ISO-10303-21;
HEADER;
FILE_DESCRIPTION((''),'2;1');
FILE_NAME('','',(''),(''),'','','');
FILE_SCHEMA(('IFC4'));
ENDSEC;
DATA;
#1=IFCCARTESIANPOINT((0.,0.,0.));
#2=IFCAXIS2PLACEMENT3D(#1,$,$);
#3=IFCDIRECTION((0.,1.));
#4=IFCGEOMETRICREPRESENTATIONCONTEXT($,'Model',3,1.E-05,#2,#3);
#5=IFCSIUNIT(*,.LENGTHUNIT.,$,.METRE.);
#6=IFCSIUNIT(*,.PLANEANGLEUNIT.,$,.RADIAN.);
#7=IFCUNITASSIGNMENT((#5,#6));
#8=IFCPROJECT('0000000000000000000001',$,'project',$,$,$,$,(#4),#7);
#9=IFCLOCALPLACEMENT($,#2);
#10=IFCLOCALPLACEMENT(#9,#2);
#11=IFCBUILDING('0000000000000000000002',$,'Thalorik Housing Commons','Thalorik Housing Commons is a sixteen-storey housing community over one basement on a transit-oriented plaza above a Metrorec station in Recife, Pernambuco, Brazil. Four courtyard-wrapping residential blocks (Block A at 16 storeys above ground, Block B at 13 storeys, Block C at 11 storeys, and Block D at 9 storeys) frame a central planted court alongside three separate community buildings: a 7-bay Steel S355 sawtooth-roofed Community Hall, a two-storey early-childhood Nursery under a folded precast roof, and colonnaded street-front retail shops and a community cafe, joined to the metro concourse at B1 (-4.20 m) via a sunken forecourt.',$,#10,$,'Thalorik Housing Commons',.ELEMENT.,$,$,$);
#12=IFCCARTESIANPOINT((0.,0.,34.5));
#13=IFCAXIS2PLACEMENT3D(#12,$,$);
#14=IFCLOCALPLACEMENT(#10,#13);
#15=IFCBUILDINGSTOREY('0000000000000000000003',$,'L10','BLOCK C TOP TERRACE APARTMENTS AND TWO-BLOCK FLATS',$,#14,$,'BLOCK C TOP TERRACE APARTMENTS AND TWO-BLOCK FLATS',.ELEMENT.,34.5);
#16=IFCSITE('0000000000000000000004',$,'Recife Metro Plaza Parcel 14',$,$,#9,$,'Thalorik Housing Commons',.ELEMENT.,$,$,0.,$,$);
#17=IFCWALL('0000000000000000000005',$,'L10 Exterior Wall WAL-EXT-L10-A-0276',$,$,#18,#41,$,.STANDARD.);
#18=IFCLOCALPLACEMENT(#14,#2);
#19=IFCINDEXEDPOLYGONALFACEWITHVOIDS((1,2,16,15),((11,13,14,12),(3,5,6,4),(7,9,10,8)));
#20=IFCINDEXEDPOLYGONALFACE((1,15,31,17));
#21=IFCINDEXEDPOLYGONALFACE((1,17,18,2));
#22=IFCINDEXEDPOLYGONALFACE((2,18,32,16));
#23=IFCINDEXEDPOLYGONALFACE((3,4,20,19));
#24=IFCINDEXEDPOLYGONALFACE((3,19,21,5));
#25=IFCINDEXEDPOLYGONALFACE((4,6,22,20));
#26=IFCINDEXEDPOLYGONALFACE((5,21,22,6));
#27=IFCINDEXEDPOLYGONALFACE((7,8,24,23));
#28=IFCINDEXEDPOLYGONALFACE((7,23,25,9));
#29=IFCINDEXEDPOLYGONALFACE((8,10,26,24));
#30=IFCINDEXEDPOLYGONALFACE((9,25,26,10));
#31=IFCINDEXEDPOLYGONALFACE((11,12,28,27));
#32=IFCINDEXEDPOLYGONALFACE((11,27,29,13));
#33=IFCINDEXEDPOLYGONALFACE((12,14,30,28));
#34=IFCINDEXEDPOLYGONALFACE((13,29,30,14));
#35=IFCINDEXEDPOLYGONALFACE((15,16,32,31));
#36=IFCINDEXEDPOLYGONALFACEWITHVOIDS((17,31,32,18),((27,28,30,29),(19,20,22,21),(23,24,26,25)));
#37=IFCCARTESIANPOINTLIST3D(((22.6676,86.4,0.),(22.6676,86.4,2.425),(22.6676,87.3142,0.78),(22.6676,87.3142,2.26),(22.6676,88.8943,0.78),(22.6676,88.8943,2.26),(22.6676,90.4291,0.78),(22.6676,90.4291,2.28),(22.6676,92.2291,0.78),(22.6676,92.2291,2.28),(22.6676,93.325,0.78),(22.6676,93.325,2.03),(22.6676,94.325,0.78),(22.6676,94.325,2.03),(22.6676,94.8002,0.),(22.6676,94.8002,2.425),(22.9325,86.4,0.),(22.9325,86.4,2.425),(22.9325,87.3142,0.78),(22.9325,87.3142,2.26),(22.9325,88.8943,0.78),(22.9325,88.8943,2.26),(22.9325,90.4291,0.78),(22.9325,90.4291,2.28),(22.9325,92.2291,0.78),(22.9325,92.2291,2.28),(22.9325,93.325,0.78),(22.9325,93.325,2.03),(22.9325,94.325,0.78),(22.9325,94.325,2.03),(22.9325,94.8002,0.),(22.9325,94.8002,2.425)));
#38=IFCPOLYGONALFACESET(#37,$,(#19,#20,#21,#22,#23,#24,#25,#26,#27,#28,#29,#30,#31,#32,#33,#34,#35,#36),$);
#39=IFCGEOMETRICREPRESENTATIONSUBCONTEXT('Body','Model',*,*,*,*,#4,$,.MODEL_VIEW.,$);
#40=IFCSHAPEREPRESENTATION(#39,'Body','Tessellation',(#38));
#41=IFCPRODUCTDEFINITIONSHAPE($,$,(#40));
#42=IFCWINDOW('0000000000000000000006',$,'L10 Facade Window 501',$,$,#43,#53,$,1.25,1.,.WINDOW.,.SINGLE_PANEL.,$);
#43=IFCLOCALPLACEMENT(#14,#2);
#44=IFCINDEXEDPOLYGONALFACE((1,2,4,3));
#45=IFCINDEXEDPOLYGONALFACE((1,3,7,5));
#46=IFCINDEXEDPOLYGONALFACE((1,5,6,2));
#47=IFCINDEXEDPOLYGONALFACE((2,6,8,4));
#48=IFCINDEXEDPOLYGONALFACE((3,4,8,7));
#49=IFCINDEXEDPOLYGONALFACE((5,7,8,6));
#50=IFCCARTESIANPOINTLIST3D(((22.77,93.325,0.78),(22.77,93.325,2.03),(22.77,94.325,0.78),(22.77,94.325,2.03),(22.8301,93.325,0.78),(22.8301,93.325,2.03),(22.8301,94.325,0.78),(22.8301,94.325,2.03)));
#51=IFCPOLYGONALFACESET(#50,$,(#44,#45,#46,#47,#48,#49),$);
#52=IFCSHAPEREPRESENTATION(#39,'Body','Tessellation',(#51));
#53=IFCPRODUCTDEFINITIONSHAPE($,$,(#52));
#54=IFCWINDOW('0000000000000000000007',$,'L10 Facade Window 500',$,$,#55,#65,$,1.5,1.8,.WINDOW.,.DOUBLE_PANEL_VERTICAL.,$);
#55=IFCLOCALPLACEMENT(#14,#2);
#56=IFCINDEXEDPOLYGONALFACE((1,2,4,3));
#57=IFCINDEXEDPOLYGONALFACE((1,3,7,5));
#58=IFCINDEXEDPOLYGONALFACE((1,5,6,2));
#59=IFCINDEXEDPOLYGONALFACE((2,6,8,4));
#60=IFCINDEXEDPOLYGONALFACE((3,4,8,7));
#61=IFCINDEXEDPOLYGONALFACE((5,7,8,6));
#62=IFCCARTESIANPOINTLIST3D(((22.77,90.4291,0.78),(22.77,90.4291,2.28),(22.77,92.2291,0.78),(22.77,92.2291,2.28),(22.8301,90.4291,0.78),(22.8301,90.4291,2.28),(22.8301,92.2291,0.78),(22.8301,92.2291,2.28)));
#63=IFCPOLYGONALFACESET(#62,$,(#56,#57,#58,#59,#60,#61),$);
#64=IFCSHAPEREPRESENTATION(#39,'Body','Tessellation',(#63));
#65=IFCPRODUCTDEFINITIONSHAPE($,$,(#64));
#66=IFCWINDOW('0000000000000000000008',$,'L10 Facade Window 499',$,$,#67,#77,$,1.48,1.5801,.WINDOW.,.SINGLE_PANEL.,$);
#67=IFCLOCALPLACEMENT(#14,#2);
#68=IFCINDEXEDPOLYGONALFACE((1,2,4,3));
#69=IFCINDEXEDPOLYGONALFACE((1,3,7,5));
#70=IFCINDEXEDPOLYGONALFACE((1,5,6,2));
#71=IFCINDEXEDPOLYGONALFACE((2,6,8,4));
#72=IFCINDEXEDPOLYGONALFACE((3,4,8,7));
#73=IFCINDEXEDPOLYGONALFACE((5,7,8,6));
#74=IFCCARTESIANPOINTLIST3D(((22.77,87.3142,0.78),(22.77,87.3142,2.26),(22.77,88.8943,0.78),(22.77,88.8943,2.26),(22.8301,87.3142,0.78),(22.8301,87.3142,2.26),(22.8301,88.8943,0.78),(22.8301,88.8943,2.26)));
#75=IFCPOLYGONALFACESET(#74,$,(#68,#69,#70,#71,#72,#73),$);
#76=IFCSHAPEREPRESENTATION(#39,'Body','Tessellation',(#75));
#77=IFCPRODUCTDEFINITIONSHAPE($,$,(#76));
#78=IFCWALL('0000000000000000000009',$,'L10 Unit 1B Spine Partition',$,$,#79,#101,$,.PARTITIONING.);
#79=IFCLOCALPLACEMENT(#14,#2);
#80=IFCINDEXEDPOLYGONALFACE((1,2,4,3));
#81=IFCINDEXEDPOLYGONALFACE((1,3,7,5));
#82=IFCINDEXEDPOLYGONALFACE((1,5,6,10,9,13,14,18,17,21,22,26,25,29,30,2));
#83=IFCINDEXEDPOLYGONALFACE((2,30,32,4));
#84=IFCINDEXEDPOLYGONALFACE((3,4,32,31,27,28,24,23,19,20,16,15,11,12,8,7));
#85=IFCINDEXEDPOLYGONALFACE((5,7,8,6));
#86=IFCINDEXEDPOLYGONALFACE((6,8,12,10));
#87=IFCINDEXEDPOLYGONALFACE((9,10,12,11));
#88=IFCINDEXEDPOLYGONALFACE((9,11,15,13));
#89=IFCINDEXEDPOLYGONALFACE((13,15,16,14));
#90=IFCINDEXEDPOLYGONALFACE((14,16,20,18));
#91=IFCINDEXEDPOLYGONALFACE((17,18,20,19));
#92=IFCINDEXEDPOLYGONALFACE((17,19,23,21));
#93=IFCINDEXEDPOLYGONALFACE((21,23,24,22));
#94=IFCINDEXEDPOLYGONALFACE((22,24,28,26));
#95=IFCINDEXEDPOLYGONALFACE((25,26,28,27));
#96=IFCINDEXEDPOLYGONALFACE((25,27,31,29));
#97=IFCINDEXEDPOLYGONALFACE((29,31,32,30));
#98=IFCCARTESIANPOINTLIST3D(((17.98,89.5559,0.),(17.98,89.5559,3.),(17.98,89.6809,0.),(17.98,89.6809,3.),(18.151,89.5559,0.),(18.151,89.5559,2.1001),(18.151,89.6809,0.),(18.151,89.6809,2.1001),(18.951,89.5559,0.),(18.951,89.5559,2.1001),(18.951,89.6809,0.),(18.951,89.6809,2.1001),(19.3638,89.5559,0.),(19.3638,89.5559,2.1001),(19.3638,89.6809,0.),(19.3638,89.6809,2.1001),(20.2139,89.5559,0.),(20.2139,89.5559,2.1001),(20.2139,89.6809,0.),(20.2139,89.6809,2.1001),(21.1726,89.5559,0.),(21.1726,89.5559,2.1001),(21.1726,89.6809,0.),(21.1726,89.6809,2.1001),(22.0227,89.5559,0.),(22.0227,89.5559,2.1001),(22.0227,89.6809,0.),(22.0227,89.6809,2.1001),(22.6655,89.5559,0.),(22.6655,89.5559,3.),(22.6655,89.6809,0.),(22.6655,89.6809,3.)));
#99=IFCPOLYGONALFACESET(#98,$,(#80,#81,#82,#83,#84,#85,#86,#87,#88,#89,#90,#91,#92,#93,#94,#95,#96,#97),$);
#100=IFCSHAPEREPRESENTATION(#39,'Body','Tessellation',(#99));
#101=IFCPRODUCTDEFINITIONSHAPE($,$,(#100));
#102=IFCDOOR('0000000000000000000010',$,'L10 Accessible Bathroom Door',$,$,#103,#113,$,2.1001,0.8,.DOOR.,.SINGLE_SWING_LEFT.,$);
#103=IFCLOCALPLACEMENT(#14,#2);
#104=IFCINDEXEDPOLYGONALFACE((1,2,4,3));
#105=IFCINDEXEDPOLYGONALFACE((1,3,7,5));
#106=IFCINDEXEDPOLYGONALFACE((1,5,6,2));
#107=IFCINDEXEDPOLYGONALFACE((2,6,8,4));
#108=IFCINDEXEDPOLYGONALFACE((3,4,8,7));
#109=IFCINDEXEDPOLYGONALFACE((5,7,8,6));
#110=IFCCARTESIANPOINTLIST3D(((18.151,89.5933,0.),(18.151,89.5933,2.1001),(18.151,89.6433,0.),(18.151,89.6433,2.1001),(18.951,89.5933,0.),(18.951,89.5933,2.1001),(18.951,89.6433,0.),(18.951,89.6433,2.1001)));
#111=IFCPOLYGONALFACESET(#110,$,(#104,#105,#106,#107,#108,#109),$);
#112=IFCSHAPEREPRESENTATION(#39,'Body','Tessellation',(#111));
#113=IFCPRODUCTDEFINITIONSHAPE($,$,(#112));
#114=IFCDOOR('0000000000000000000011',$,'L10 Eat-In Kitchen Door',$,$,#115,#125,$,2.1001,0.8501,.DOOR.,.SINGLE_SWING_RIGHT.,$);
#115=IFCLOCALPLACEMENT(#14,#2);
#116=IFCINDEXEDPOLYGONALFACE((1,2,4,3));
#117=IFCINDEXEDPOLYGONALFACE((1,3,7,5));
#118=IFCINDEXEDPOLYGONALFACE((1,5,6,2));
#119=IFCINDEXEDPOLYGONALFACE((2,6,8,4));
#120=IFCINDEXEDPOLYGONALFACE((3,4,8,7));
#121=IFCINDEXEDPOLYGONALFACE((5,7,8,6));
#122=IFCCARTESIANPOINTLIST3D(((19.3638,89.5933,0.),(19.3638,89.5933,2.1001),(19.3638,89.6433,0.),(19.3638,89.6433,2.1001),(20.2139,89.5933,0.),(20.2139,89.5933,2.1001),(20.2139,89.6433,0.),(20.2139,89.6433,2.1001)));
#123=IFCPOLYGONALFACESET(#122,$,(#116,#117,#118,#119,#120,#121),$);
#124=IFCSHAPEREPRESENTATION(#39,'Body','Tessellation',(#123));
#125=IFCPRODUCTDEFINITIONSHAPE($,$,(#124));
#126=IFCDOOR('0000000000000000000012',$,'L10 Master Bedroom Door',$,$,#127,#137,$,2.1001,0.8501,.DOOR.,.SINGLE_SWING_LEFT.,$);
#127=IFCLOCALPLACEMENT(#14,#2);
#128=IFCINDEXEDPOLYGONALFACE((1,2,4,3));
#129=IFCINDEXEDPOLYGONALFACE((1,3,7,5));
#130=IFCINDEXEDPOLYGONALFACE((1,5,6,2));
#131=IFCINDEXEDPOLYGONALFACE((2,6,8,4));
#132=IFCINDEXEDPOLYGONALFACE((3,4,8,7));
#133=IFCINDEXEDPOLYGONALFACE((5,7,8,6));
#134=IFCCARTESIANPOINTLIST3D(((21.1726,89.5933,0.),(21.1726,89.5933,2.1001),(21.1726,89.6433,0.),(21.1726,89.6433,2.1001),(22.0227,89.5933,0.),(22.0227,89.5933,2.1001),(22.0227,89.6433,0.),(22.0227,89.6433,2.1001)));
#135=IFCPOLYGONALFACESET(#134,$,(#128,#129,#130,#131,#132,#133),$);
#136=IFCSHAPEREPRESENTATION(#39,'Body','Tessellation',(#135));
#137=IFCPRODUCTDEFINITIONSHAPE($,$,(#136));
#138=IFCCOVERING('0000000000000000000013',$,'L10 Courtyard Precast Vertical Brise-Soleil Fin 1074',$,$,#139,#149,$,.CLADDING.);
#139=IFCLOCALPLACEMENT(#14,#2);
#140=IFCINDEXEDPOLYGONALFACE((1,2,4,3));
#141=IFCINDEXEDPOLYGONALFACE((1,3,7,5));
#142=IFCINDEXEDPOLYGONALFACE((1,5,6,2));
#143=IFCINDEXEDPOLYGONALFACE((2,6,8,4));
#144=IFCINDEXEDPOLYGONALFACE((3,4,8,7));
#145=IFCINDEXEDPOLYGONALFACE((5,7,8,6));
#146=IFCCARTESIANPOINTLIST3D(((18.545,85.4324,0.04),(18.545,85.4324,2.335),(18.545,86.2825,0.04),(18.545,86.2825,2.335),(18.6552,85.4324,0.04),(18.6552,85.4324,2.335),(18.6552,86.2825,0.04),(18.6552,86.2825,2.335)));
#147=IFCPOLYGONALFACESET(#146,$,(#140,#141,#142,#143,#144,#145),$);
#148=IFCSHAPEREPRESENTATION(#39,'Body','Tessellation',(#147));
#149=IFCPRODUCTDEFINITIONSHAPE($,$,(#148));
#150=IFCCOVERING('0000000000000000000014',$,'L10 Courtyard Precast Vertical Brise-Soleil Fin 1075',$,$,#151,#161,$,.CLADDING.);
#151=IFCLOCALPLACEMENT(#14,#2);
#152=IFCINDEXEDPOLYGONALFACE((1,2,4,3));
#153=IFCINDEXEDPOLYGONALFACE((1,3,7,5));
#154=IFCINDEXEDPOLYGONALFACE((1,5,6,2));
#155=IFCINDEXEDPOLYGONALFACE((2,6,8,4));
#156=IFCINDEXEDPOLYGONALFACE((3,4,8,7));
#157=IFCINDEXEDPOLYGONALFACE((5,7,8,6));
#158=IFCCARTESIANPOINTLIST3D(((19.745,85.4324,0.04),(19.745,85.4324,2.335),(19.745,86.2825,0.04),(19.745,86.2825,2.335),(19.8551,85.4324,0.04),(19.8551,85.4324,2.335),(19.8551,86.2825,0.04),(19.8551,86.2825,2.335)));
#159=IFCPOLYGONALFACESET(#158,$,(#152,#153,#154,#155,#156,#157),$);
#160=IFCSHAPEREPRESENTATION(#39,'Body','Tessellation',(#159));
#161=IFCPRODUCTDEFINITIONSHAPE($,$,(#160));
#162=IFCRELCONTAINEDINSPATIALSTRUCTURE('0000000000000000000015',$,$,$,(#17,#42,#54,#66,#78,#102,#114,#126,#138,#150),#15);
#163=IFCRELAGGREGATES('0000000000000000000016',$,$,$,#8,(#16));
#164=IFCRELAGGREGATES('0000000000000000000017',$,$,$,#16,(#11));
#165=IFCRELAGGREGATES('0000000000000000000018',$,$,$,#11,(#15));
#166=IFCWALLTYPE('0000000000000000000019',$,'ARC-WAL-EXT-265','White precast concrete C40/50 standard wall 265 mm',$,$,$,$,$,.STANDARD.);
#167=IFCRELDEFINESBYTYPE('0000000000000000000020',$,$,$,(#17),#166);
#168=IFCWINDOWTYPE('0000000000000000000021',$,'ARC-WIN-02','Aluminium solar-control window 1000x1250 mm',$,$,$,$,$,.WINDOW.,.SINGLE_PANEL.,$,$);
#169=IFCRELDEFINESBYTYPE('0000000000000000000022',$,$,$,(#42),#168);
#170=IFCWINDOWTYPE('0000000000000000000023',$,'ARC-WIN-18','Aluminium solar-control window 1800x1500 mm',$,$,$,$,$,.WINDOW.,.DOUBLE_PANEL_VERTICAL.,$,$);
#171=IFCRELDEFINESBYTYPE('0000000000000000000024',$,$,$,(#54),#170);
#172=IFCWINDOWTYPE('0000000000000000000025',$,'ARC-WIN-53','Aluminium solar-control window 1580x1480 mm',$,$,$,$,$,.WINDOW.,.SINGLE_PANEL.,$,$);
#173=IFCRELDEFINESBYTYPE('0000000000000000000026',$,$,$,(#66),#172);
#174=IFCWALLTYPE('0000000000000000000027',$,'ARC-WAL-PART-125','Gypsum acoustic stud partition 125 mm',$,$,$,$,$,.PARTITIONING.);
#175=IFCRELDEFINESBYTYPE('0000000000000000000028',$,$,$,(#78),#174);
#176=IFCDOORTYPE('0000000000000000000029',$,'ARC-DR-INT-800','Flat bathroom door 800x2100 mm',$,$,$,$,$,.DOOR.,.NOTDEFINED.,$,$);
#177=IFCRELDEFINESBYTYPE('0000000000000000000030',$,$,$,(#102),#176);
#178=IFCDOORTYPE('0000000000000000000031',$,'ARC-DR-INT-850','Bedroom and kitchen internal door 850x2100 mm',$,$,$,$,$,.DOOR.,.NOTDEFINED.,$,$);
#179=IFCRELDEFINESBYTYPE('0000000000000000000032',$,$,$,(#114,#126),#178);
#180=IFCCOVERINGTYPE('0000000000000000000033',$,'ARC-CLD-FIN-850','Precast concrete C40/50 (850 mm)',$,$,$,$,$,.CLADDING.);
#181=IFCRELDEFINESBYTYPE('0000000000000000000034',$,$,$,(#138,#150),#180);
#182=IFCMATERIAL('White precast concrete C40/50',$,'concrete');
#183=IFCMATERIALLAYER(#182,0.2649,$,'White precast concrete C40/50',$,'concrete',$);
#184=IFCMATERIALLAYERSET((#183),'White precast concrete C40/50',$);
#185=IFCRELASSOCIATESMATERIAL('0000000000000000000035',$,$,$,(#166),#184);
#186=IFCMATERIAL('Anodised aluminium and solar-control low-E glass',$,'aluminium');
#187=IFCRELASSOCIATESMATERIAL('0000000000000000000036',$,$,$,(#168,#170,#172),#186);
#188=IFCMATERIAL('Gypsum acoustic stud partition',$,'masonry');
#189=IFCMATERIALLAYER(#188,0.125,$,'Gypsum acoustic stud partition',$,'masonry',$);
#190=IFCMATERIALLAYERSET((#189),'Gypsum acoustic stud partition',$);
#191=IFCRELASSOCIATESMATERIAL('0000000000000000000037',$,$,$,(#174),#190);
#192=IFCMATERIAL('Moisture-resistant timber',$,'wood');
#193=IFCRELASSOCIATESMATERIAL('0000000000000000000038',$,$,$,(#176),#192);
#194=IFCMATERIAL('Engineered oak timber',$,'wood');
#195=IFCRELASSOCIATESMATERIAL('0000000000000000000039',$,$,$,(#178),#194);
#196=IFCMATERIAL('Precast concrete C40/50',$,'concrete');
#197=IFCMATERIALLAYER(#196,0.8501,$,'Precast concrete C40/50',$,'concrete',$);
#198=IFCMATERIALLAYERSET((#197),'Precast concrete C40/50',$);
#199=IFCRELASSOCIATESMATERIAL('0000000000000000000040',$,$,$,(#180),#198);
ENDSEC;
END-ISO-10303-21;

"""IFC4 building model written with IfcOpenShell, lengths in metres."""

from ifc_helpers import new_model, si_unit, direction, frame, frame_2d, origin, origin_2d, place, context, subcontext, project, spatial, rectangle, extrude, material, layer, layer_set, type_object, element, fill, save


model = new_model("IFC4")

# Units and contexts
model_context = context("Model", 3, precision=1e-05, world=origin(), true_north=direction((0.0, 1.0)))
body_context = subcontext(model_context, "Body", "Model", "MODEL_VIEW")
ifc_project = project(units=[si_unit("LENGTHUNIT", "METRE"), si_unit("PLANEANGLEUNIT", "RADIAN")], contexts=[model_context])

# Site, building, storey
site_placement = place(None, origin())
site = spatial("IfcSite", under=ifc_project, at=site_placement, Name="Recife Metro Plaza Parcel 14", LongName="Thalorik Housing Commons", CompositionType="ELEMENT", RefElevation=0.0)
building_placement = place(site_placement, origin())
building = spatial("IfcBuilding", under=site, at=building_placement, Name="Thalorik Housing Commons", Description="Thalorik Housing Commons is a sixteen-storey housing community over one basement on a transit-oriented plaza above a Metrorec station in Recife, Pernambuco, Brazil. Four courtyard-wrapping residential blocks (Block A at 16 storeys above ground, Block B at 13 storeys, Block C at 11 storeys, and Block D at 9 storeys) frame a central planted court alongside three separate community buildings: a 7-bay Steel S355 sawtooth-roofed Community Hall, a two-storey early-childhood Nursery under a folded precast roof, and colonnaded street-front retail shops and a community cafe, joined to the metro concourse at B1 (-4.20 m) via a sunken forecourt.", LongName="Thalorik Housing Commons", CompositionType="ELEMENT")
storey_placement = place(building_placement, frame((0.0, 0.0, 34.5)))
storey = spatial("IfcBuildingStorey", under=building, at=storey_placement, Name="L10", Description="BLOCK C TOP TERRACE APARTMENTS AND TWO-BLOCK FLATS", LongName="BLOCK C TOP TERRACE APARTMENTS AND TWO-BLOCK FLATS", CompositionType="ELEMENT", Elevation=34.5)

# Shared definitions
ifc_material_1 = material(Name="Precast concrete C40/50", Category="concrete")

# Wall, openings, windows
ifc_material_2 = material(Name="White precast concrete C40/50", Category="concrete")
ifc_layer_1 = layer(ifc_material_2, 0.2649, Name="White precast concrete C40/50", Category="concrete")
ifc_layer_set_1 = layer_set([ifc_layer_1], Name="White precast concrete C40/50")
wall_type_1 = type_object("IfcWallType", Name="ARC-WAL-EXT-265", Description="White precast concrete C40/50 standard wall 265 mm", PredefinedType="STANDARD", material=ifc_layer_set_1)
wall_1_placement = place(storey_placement, frame((22.8, 86.3999, 0.0), z_axis=(0.0, 0.0, 1.0), x_axis=(0.0, 1.0, 0.0)))
wall_1 = element("IfcWall", 1, at=wall_1_placement, inside=storey, type_object=wall_type_1, Name="L10 Exterior Wall WAL-EXT-L10-A-0276", PredefinedType="STANDARD", context=body_context, shape_type="SweptSolid", body=[
    extrude(rectangle(XDim=8.4001, YDim=0.2649, at=frame_2d((4.2002, 0.0))), origin(), (0.0, 0.0, 1.0), 2.425),
])
opening_1_placement = place(wall_1_placement, frame((0.9143, 0.0, 0.78)))
opening_1 = element("IfcOpeningElement", 2, at=opening_1_placement, cuts=wall_1, PredefinedType="OPENING", context=body_context, shape_type="SweptSolid", body=[
    extrude(rectangle(XDim=1.5801, YDim=1.48, at=frame_2d((0.79, 0.74))), frame((0.0, 0.1426, 0.0), z_axis=(0.0, -1.0, 0.0), x_axis=(1.0, 0.0, 0.0)), (0.0, 0.0, 1.0), 0.2849),
])
opening_2_placement = place(wall_1_placement, frame((4.0293, 0.0, 0.78)))
opening_2 = element("IfcOpeningElement", 3, at=opening_2_placement, cuts=wall_1, PredefinedType="OPENING", context=body_context, shape_type="SweptSolid", body=[
    extrude(rectangle(XDim=1.8, YDim=1.5, at=frame_2d((0.8999, 0.75))), frame((0.0, 0.1426, 0.0), z_axis=(0.0, -1.0, 0.0), x_axis=(1.0, 0.0, 0.0)), (0.0, 0.0, 1.0), 0.2849),
])
opening_3_placement = place(wall_1_placement, frame((6.925, 0.0, 0.78)))
opening_3 = element("IfcOpeningElement", 4, at=opening_3_placement, cuts=wall_1, PredefinedType="OPENING", context=body_context, shape_type="SweptSolid", body=[
    extrude(rectangle(XDim=1.0, YDim=1.25, at=frame_2d((0.5, 0.625))), frame((0.0, 0.1426, 0.0), z_axis=(0.0, -1.0, 0.0), x_axis=(1.0, 0.0, 0.0)), (0.0, 0.0, 1.0), 0.2849),
])
ifc_material_3 = material(Name="Anodised aluminium and solar-control low-E glass", Category="aluminium")
window_type_1 = type_object("IfcWindowType", Name="ARC-WIN-02", Description="Aluminium solar-control window 1000x1250 mm", PartitioningType="SINGLE_PANEL", PredefinedType="WINDOW", material=ifc_material_3)
window_1_placement = place(opening_3_placement, origin())
window_1 = element("IfcWindow", 5, at=window_1_placement, inside=storey, type_object=window_type_1, Name="L10 Facade Window 501", OverallHeight=1.25, OverallWidth=1.0, PartitioningType="SINGLE_PANEL", PredefinedType="WINDOW", context=body_context, shape_type="SweptSolid", body=[
    extrude(rectangle(XDim=1.0, YDim=1.25, at=frame_2d((0.5, 0.625))), frame((0.0, 0.03, 0.0), z_axis=(0.0, -1.0, 0.0), x_axis=(1.0, 0.0, 0.0)), (0.0, 0.0, 1.0), 0.0601),
])
fill(opening_3, window_1)
window_type_2 = type_object("IfcWindowType", Name="ARC-WIN-18", Description="Aluminium solar-control window 1800x1500 mm", PartitioningType="DOUBLE_PANEL_VERTICAL", PredefinedType="WINDOW", material=ifc_material_3)
window_2_placement = place(opening_2_placement, origin())
window_2 = element("IfcWindow", 6, at=window_2_placement, inside=storey, type_object=window_type_2, Name="L10 Facade Window 500", OverallHeight=1.5, OverallWidth=1.8, PartitioningType="DOUBLE_PANEL_VERTICAL", PredefinedType="WINDOW", context=body_context, shape_type="SweptSolid", body=[
    extrude(rectangle(XDim=1.8, YDim=1.5, at=frame_2d((0.8999, 0.75))), frame((0.0, 0.03, 0.0), z_axis=(0.0, -1.0, 0.0), x_axis=(1.0, 0.0, 0.0)), (0.0, 0.0, 1.0), 0.0601),
])
fill(opening_2, window_2)
window_type_3 = type_object("IfcWindowType", Name="ARC-WIN-53", Description="Aluminium solar-control window 1580x1480 mm", PartitioningType="SINGLE_PANEL", PredefinedType="WINDOW", material=ifc_material_3)
window_3_placement = place(opening_1_placement, origin())
window_3 = element("IfcWindow", 7, at=window_3_placement, inside=storey, type_object=window_type_3, Name="L10 Facade Window 499", OverallHeight=1.48, OverallWidth=1.5801, PartitioningType="SINGLE_PANEL", PredefinedType="WINDOW", context=body_context, shape_type="SweptSolid", body=[
    extrude(rectangle(XDim=1.5801, YDim=1.48, at=frame_2d((0.79, 0.74))), frame((0.0, 0.03, 0.0), z_axis=(0.0, -1.0, 0.0), x_axis=(1.0, 0.0, 0.0)), (0.0, 0.0, 1.0), 0.0601),
])
fill(opening_1, window_3)

# Wall, openings, doors
ifc_material_4 = material(Name="Gypsum acoustic stud partition", Category="masonry")
ifc_layer_2 = layer(ifc_material_4, 0.125, Name="Gypsum acoustic stud partition", Category="masonry")
ifc_layer_set_2 = layer_set([ifc_layer_2], Name="Gypsum acoustic stud partition")
wall_type_2 = type_object("IfcWallType", Name="ARC-WAL-PART-125", Description="Gypsum acoustic stud partition 125 mm", PredefinedType="PARTITIONING", material=ifc_layer_set_2)
wall_2_placement = place(storey_placement, frame((17.98, 89.6184, 0.0), z_axis=(0.0, 0.0, 1.0), x_axis=(1.0, 0.0, 0.0)))
wall_2 = element("IfcWall", 8, at=wall_2_placement, inside=storey, type_object=wall_type_2, Name="L10 Unit 1B Spine Partition", PredefinedType="PARTITIONING", context=body_context, shape_type="SweptSolid", body=[
    extrude(rectangle(XDim=4.6855, YDim=0.125, at=frame_2d((2.3428, 0.0))), origin(), (0.0, 0.0, 1.0), 3.0),
])
opening_4_placement = place(wall_2_placement, frame((0.1711, 0.0, 0.0)))
opening_4 = element("IfcOpeningElement", 9, at=opening_4_placement, cuts=wall_2, PredefinedType="OPENING", context=body_context, shape_type="SweptSolid", body=[
    extrude(rectangle(XDim=0.8, YDim=2.1001, at=frame_2d((0.3999, 1.05))), frame((0.0, 0.0725, 0.0), z_axis=(0.0, -1.0, 0.0), x_axis=(1.0, 0.0, 0.0)), (0.0, 0.0, 1.0), 0.145),
])
opening_5_placement = place(wall_2_placement, frame((1.3838, 0.0, 0.0)))
opening_5 = element("IfcOpeningElement", 10, at=opening_5_placement, cuts=wall_2, PredefinedType="OPENING", context=body_context, shape_type="SweptSolid", body=[
    extrude(rectangle(XDim=0.8501, YDim=2.1001, at=frame_2d((0.425, 1.05))), frame((0.0, 0.0725, 0.0), z_axis=(0.0, -1.0, 0.0), x_axis=(1.0, 0.0, 0.0)), (0.0, 0.0, 1.0), 0.145),
])
opening_6_placement = place(wall_2_placement, frame((3.1926, 0.0, 0.0)))
opening_6 = element("IfcOpeningElement", 11, at=opening_6_placement, cuts=wall_2, PredefinedType="OPENING", context=body_context, shape_type="SweptSolid", body=[
    extrude(rectangle(XDim=0.8501, YDim=2.1001, at=frame_2d((0.425, 1.05))), frame((0.0, 0.0725, 0.0), z_axis=(0.0, -1.0, 0.0), x_axis=(1.0, 0.0, 0.0)), (0.0, 0.0, 1.0), 0.145),
])
ifc_material_5 = material(Name="Moisture-resistant timber", Category="wood")
door_type_1 = type_object("IfcDoorType", Name="ARC-DR-INT-800", Description="Flat bathroom door 800x2100 mm", OperationType="NOTDEFINED", PredefinedType="DOOR", material=ifc_material_5)
door_1_placement = place(opening_4_placement, origin())
door_1 = element("IfcDoor", 12, at=door_1_placement, inside=storey, type_object=door_type_1, Name="L10 Accessible Bathroom Door", OperationType="SINGLE_SWING_LEFT", OverallHeight=2.1001, OverallWidth=0.8, PredefinedType="DOOR", context=body_context, shape_type="SweptSolid", body=[
    extrude(rectangle(XDim=0.8, YDim=2.1001, at=frame_2d((0.3999, 1.05))), frame((0.0, 0.0249, 0.0), z_axis=(0.0, -1.0, 0.0), x_axis=(1.0, 0.0, 0.0)), (0.0, 0.0, 1.0), 0.05),
])
fill(opening_4, door_1)
ifc_material_6 = material(Name="Engineered oak timber", Category="wood")
door_type_2 = type_object("IfcDoorType", Name="ARC-DR-INT-850", Description="Bedroom and kitchen internal door 850x2100 mm", OperationType="NOTDEFINED", PredefinedType="DOOR", material=ifc_material_6)
door_2_placement = place(opening_5_placement, origin())
door_2 = element("IfcDoor", 13, at=door_2_placement, inside=storey, type_object=door_type_2, Name="L10 Eat-In Kitchen Door", OperationType="SINGLE_SWING_RIGHT", OverallHeight=2.1001, OverallWidth=0.8501, PredefinedType="DOOR", context=body_context, shape_type="SweptSolid", body=[
    extrude(rectangle(XDim=0.8501, YDim=2.1001, at=frame_2d((0.425, 1.05))), frame((0.0, 0.0249, 0.0), z_axis=(0.0, -1.0, 0.0), x_axis=(1.0, 0.0, 0.0)), (0.0, 0.0, 1.0), 0.05),
])
fill(opening_5, door_2)
door_3_placement = place(opening_6_placement, origin())
door_3 = element("IfcDoor", 14, at=door_3_placement, inside=storey, type_object=door_type_2, Name="L10 Master Bedroom Door", OperationType="SINGLE_SWING_LEFT", OverallHeight=2.1001, OverallWidth=0.8501, PredefinedType="DOOR", context=body_context, shape_type="SweptSolid", body=[
    extrude(rectangle(XDim=0.8501, YDim=2.1001, at=frame_2d((0.425, 1.05))), frame((0.0, 0.0249, 0.0), z_axis=(0.0, -1.0, 0.0), x_axis=(1.0, 0.0, 0.0)), (0.0, 0.0, 1.0), 0.05),
])
fill(opening_6, door_3)

# Coverings
ifc_layer_3 = layer(ifc_material_1, 0.8501, Name="Precast concrete C40/50", Category="concrete")
ifc_layer_set_3 = layer_set([ifc_layer_3], Name="Precast concrete C40/50")
covering_type_1 = type_object("IfcCoveringType", Name="ARC-CLD-FIN-850", Description="Precast concrete C40/50 (850 mm)", PredefinedType="CLADDING", material=ifc_layer_set_3)
for number, where, z_axis, x_axis, name in (
    (15, (18.6001, 85.8574, 0.04), (0.0, 0.0, 1.0), (1.0, 0.0, 0.0), "L10 Courtyard Precast Vertical Brise-Soleil Fin 1074"),
    (16, (19.8, 85.8574, 0.04), (0.0, 0.0, 1.0), (1.0, 0.0, 0.0), "L10 Courtyard Precast Vertical Brise-Soleil Fin 1075"),
):
    element("IfcCovering", number, at=place(storey_placement, frame(where, z_axis=z_axis, x_axis=x_axis)), inside=storey, type_object=covering_type_1, Name=name, PredefinedType="CLADDING", context=body_context, shape_type="SweptSolid", body=[
        extrude(rectangle(XDim=0.1101, YDim=0.8501, at=origin_2d()), origin(), (0.0, 0.0, 1.0), 2.2949),
    ])

save(model, "model.ifc")
